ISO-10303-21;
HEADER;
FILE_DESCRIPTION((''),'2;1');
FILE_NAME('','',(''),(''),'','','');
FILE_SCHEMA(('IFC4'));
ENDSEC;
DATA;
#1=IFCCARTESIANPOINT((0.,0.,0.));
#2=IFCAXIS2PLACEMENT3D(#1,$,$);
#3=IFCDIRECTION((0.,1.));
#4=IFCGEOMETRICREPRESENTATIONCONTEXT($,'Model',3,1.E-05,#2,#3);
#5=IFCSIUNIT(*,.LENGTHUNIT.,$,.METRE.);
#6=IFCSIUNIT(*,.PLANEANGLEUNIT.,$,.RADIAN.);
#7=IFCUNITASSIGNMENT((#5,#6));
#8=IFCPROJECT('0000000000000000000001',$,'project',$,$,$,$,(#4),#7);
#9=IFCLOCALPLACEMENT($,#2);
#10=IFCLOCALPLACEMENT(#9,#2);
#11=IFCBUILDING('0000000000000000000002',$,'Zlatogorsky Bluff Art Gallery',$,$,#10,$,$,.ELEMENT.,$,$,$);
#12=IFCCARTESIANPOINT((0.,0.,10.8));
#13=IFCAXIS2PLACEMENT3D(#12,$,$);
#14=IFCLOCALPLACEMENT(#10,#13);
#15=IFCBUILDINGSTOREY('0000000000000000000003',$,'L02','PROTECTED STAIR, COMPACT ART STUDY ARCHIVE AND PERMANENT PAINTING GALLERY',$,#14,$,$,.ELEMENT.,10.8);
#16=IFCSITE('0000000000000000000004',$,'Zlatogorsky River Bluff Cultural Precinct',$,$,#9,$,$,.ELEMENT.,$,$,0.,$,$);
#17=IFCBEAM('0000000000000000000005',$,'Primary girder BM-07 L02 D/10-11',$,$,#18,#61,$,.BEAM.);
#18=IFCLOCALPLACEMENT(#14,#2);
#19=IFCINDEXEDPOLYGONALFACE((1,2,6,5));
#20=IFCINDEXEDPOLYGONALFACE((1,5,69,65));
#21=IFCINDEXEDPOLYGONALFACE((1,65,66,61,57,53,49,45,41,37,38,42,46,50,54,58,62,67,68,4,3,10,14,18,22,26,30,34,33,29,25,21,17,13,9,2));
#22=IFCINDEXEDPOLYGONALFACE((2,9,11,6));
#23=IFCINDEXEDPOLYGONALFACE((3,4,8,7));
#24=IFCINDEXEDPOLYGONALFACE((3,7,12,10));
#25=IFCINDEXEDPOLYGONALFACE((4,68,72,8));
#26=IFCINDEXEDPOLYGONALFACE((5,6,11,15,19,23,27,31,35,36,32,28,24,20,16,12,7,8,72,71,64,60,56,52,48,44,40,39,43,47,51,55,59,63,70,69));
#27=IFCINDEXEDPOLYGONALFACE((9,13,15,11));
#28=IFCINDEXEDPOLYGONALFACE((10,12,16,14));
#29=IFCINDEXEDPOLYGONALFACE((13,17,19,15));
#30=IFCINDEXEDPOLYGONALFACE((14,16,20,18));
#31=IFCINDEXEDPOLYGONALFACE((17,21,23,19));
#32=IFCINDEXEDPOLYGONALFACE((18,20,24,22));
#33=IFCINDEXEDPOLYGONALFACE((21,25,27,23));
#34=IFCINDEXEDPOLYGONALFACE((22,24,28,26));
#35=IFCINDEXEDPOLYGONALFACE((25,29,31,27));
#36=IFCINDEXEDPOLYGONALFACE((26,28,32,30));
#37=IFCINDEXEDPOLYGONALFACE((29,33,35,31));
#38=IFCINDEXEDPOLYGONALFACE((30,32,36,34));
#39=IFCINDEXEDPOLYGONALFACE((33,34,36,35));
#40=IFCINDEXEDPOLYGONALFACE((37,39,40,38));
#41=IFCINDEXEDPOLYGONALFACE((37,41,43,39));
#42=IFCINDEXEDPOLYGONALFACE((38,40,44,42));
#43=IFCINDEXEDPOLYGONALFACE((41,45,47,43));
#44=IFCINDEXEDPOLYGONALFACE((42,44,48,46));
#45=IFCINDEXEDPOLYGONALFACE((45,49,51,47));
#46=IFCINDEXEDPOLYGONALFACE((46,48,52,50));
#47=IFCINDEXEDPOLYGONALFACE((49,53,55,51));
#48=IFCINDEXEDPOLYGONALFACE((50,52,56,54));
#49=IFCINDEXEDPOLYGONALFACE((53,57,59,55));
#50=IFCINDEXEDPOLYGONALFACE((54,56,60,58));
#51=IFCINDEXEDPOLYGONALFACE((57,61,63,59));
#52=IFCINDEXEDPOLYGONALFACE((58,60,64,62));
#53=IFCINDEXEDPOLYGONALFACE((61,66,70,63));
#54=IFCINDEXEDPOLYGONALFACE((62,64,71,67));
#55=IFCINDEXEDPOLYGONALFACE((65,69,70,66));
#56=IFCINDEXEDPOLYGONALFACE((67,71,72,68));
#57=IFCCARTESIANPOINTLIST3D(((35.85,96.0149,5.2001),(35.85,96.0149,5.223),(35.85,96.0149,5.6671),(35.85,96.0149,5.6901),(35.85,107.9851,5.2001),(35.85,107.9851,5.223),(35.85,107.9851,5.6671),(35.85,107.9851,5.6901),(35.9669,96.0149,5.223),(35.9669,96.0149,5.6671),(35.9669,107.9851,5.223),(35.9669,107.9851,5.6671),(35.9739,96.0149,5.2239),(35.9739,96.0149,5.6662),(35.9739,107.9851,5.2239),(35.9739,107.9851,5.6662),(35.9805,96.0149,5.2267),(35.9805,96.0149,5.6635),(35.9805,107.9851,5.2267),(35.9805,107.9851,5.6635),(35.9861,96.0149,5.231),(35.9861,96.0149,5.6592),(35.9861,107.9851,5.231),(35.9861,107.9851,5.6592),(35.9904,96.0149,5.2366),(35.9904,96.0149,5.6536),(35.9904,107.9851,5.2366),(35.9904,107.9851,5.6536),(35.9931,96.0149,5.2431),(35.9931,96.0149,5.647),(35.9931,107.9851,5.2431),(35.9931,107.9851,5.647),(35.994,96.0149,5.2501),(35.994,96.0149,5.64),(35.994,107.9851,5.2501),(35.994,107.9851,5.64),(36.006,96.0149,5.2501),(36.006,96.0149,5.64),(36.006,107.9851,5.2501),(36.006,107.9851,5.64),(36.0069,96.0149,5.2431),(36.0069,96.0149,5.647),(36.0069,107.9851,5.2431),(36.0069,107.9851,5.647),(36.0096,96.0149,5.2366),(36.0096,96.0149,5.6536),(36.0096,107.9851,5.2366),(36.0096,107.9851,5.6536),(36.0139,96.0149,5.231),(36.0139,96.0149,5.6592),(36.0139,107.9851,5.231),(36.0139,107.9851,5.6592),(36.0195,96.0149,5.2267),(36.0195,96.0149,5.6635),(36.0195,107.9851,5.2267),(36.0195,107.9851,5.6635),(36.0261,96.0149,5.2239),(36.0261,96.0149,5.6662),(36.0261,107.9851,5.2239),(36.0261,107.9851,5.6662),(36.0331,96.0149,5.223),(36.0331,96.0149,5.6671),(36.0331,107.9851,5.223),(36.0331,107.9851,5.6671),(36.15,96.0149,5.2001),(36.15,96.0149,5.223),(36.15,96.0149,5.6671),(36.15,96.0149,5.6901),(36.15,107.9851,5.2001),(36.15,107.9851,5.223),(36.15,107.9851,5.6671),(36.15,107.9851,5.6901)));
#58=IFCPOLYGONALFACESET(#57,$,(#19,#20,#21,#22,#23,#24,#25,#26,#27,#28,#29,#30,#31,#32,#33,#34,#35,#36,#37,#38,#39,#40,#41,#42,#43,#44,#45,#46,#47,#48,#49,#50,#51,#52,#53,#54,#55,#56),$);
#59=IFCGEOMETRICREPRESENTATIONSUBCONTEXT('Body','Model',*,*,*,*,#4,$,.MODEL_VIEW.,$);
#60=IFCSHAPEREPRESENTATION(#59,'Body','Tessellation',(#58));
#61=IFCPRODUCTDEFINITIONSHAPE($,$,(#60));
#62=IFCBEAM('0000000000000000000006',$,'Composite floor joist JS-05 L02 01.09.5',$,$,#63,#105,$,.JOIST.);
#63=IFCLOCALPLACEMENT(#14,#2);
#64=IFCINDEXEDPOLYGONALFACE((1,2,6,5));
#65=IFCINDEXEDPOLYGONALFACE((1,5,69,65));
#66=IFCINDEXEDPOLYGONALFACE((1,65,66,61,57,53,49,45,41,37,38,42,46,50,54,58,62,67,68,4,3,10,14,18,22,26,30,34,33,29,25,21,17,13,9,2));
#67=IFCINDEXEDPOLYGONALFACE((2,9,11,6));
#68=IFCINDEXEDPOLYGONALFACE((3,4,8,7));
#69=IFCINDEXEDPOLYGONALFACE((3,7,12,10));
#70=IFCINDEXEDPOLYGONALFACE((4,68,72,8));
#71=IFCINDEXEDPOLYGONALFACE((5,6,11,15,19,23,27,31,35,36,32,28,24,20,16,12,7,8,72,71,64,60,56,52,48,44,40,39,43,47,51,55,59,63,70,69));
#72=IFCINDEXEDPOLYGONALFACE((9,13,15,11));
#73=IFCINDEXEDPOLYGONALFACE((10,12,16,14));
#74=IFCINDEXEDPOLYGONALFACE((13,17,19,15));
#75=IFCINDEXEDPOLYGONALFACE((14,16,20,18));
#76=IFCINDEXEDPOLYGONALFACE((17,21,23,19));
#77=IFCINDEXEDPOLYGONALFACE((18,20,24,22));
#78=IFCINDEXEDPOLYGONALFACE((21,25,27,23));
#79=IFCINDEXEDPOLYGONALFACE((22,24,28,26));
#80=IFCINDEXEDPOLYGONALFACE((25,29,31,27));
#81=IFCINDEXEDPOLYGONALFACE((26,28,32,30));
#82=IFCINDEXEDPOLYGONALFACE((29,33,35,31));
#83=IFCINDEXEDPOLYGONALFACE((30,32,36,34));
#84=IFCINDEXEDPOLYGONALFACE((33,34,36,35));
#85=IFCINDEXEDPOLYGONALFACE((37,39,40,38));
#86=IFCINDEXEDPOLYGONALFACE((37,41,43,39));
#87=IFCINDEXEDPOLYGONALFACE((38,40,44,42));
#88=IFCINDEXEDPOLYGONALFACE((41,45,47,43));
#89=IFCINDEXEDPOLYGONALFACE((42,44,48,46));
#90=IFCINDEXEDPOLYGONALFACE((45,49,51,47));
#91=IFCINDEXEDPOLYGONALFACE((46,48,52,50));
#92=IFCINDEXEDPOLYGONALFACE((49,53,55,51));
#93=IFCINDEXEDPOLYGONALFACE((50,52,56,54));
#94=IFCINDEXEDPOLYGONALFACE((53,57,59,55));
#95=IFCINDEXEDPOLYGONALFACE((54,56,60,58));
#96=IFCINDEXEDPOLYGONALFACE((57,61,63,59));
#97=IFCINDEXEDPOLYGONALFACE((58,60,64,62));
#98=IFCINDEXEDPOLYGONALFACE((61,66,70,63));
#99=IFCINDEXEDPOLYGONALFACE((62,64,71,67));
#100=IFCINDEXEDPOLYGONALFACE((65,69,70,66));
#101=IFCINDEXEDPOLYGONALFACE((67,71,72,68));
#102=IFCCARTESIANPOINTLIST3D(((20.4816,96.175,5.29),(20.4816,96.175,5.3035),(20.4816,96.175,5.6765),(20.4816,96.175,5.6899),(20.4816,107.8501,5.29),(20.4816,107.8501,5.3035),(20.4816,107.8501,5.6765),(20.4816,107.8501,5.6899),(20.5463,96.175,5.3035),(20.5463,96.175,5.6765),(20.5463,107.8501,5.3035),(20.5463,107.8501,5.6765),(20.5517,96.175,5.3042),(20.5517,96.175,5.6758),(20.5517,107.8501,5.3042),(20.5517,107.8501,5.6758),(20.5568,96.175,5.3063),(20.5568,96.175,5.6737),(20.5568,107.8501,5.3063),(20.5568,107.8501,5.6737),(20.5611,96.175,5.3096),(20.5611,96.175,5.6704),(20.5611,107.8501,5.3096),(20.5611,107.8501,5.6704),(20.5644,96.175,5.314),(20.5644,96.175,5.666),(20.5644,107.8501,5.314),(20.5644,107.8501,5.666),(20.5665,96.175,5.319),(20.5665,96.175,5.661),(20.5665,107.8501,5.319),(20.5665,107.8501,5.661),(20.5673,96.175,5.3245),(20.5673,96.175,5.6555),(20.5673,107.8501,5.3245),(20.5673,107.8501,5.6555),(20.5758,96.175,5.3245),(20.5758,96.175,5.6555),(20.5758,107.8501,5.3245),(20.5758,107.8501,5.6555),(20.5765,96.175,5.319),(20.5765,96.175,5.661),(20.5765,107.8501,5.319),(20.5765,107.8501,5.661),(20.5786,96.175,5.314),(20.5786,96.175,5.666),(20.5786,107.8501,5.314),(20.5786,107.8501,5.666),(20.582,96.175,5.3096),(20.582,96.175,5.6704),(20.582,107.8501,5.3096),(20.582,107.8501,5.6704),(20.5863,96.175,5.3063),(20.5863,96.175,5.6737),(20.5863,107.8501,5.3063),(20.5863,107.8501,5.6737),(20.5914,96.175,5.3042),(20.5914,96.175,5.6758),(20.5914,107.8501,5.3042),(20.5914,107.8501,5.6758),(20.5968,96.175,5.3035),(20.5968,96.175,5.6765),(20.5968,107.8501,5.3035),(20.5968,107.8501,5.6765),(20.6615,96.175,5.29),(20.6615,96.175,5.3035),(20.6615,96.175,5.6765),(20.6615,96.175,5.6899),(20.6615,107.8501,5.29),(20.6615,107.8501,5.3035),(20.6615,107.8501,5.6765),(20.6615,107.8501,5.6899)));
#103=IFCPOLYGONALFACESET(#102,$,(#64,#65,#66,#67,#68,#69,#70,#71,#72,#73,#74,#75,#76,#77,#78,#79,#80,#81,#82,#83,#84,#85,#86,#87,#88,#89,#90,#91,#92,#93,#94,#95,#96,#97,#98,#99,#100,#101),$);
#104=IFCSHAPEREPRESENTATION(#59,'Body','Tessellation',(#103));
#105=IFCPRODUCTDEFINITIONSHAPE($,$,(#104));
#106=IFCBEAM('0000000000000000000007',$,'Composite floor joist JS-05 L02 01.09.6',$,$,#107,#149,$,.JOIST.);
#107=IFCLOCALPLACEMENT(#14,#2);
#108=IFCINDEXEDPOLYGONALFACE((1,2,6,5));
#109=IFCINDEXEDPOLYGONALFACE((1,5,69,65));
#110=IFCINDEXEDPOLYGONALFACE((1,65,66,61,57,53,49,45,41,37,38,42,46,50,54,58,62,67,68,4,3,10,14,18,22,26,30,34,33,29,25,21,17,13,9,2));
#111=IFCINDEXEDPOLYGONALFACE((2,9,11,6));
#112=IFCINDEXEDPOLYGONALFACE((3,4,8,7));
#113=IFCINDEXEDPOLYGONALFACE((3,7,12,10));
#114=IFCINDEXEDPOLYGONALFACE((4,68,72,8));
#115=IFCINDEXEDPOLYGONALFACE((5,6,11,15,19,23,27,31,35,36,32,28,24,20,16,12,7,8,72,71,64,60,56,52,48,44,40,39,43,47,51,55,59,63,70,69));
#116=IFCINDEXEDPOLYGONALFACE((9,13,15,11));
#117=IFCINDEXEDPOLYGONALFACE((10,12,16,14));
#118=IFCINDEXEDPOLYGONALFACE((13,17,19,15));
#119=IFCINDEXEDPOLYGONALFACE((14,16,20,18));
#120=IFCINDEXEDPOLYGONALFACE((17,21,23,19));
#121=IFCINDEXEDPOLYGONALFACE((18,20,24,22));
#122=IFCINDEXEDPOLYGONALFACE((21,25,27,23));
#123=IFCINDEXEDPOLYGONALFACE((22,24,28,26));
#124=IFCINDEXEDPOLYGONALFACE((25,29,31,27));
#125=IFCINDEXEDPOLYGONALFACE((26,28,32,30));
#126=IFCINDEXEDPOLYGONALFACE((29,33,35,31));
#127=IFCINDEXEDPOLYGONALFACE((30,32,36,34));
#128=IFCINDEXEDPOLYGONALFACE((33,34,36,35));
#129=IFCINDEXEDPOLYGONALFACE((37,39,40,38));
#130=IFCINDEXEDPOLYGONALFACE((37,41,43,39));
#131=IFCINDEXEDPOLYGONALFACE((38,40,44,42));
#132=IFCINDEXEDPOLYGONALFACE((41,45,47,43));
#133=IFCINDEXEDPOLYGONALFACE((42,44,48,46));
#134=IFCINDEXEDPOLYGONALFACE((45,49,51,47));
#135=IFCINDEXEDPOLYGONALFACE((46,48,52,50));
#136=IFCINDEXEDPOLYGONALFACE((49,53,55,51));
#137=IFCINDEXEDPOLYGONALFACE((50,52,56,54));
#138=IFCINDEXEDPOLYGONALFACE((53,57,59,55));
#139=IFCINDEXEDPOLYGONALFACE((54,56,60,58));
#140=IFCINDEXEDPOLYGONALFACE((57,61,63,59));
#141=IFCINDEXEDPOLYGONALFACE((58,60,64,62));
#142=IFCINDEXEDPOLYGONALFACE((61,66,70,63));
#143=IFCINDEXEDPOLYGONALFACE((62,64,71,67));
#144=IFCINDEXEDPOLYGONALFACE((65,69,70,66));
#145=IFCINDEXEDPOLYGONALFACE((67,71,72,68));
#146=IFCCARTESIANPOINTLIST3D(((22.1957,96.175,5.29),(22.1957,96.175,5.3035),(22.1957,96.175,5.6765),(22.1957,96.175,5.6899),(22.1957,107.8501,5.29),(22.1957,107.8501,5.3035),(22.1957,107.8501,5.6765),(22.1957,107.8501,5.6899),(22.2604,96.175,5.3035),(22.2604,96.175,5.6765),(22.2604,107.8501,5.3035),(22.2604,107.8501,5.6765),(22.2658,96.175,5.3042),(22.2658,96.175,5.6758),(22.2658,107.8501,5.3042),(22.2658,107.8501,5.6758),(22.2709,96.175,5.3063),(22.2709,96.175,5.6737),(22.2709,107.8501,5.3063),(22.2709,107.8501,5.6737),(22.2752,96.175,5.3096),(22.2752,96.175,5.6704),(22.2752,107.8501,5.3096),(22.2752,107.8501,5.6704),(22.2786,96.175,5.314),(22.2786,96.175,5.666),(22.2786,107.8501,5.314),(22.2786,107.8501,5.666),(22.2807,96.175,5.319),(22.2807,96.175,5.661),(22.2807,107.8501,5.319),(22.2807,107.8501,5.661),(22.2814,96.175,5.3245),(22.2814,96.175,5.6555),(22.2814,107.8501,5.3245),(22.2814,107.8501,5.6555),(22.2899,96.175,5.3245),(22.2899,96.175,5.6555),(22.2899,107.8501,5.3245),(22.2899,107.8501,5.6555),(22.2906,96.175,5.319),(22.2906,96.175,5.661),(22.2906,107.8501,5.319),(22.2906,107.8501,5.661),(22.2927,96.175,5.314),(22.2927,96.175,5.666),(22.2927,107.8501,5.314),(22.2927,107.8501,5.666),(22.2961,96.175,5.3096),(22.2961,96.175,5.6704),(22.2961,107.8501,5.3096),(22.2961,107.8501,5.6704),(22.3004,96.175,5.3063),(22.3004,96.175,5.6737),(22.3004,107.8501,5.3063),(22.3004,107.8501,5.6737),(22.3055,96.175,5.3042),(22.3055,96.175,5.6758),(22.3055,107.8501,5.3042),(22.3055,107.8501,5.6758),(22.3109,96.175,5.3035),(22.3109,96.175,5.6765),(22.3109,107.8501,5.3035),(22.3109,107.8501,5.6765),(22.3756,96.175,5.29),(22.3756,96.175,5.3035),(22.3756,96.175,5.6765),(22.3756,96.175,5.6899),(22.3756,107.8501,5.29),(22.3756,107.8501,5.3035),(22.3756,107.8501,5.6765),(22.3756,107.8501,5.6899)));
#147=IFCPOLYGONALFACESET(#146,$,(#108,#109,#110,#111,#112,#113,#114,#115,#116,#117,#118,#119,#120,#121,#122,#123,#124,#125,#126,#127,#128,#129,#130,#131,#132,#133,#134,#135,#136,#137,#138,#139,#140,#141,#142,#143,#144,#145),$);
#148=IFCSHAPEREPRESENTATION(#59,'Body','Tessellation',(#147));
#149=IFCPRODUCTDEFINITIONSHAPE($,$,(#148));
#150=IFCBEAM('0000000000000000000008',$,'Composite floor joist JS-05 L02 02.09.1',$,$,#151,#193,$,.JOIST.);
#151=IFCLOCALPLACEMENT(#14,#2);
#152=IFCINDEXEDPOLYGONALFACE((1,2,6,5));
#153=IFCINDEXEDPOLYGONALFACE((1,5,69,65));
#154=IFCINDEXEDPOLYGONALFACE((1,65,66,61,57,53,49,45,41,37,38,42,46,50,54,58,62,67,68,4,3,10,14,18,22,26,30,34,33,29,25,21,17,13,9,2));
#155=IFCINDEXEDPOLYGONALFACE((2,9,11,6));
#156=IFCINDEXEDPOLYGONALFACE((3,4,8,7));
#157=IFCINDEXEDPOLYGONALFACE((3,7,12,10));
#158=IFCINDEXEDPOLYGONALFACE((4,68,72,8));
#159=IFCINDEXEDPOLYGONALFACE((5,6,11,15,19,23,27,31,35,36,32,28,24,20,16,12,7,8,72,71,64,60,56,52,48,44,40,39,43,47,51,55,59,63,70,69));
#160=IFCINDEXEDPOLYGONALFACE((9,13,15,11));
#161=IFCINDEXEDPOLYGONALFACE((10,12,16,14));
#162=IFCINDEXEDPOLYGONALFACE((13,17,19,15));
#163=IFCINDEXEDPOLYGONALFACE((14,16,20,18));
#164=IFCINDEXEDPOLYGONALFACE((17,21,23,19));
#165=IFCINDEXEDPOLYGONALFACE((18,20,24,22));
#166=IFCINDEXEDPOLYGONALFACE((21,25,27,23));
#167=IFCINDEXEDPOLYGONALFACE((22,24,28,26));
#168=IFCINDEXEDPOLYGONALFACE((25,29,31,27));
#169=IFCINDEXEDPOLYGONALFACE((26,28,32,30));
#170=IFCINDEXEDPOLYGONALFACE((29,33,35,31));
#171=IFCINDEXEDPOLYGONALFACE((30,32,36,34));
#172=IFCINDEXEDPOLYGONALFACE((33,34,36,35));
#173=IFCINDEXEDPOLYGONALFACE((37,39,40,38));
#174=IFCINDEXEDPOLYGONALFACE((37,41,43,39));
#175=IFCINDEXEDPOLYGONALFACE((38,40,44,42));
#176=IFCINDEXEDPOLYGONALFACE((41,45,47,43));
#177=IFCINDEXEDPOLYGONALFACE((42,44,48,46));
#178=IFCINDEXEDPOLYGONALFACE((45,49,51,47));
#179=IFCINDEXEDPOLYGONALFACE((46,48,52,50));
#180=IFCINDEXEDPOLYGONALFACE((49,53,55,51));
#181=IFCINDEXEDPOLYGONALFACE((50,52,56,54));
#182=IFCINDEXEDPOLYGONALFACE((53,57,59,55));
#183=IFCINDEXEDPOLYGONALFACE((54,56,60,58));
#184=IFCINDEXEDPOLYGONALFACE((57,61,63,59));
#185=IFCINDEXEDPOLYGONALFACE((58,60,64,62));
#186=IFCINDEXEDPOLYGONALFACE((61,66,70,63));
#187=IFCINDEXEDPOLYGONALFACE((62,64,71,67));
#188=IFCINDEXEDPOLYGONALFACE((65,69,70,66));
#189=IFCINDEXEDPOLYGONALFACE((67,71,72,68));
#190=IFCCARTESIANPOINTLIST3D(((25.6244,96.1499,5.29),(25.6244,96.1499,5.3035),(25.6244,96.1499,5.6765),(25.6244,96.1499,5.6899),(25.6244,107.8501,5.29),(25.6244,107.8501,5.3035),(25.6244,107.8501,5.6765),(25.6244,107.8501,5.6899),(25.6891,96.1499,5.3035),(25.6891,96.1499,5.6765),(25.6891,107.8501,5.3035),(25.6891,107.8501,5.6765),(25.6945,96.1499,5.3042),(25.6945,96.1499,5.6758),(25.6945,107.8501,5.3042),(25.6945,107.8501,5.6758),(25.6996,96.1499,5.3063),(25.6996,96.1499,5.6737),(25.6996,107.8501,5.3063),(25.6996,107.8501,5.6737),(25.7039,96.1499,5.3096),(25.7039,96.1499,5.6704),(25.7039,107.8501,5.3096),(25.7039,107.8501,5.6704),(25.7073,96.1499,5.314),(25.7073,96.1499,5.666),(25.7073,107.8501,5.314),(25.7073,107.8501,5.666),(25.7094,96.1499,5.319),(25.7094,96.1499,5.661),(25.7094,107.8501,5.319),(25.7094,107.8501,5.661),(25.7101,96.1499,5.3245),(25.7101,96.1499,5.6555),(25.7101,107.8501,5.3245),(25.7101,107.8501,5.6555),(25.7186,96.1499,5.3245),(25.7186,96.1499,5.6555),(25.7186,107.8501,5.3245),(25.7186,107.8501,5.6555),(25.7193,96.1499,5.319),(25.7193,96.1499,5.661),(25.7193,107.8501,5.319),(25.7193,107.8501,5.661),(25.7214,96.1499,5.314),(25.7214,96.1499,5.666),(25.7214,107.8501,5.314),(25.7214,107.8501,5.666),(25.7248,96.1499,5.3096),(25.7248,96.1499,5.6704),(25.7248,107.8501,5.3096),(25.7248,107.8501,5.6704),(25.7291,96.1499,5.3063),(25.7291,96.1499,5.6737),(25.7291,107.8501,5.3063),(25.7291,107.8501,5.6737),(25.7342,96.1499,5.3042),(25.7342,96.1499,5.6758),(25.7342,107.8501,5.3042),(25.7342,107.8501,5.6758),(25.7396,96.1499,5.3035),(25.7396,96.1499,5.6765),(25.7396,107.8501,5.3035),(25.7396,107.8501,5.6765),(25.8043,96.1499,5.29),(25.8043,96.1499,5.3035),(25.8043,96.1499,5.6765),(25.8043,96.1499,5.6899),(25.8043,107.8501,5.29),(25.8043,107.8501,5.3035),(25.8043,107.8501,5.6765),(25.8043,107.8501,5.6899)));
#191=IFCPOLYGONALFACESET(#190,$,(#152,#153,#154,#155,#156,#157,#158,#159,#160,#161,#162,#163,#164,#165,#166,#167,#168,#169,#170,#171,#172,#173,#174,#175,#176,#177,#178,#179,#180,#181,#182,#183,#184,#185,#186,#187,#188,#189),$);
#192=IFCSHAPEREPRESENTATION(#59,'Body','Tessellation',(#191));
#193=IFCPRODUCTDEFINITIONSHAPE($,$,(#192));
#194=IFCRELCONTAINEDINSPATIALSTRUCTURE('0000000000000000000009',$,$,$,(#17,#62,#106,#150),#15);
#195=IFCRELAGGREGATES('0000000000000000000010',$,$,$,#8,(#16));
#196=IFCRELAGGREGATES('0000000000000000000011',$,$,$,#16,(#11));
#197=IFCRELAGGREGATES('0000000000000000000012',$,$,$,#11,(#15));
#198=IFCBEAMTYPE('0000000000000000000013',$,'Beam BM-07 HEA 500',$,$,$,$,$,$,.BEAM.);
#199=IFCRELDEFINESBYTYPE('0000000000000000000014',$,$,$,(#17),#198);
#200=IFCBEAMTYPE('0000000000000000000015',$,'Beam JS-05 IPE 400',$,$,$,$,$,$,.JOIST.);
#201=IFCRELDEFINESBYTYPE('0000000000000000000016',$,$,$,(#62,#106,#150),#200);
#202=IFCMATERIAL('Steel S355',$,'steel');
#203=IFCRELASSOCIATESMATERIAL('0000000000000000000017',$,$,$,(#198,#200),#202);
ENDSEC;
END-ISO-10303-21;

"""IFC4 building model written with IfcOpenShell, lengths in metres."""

from ifc_helpers import new_model, si_unit, direction, frame, origin, origin_2d, place, context, subcontext, project, spatial, i_section, extrude, material, material_profile, profile_set, type_object, element, save


model = new_model("IFC4")

# Units and contexts
model_context = context("Model", 3, precision=1e-05, world=origin(), true_north=direction((0.0, 1.0)))
body_context = subcontext(model_context, "Body", "Model", "MODEL_VIEW")
ifc_project = project(units=[si_unit("LENGTHUNIT", "METRE"), si_unit("PLANEANGLEUNIT", "RADIAN")], contexts=[model_context])

# Site, building, storey
site_placement = place(None, origin())
site = spatial("IfcSite", under=ifc_project, at=site_placement, Name="Zlatogorsky River Bluff Cultural Precinct", CompositionType="ELEMENT", RefElevation=0.0)
building_placement = place(site_placement, origin())
building = spatial("IfcBuilding", under=site, at=building_placement, Name="Zlatogorsky Bluff Art Gallery", CompositionType="ELEMENT")
storey_placement = place(building_placement, frame((0.0, 0.0, 10.8)))
storey = spatial("IfcBuildingStorey", under=building, at=storey_placement, Name="L02", Description="PROTECTED STAIR, COMPACT ART STUDY ARCHIVE AND PERMANENT PAINTING GALLERY", CompositionType="ELEMENT", Elevation=10.8)

# Shared definitions
ifc_material_1 = material(Name="Steel S355", Category="steel")

# Beams
ifc_material_profile_1 = material_profile(ifc_material_1, i_section(OverallWidth=0.3, OverallDepth=0.49, WebThickness=0.012, FlangeThickness=0.0229, FilletRadius=0.0271, at=origin_2d()), Name="HEA 500")
ifc_profile_set_1 = profile_set([ifc_material_profile_1], Name="Steel S355")
beam_type_1 = type_object("IfcBeamType", Name="Beam BM-07 HEA 500", PredefinedType="BEAM", material=ifc_profile_set_1)
for number, where, z_axis, x_axis, name in (
    (1, (36.0, 96.0149, 5.4451), (0.0, 1.0, 0.0), (-1.0, 0.0, 0.0), "Primary girder BM-07 L02 D/10-11"),
):
    element("IfcBeam", number, at=place(storey_placement, frame(where, z_axis=z_axis, x_axis=x_axis)), inside=storey, type_object=beam_type_1, Name=name, PredefinedType="BEAM", context=body_context, shape_type="SweptSolid", body=[
        extrude(i_section(OverallWidth=0.3, OverallDepth=0.49, WebThickness=0.012, FlangeThickness=0.0229, FilletRadius=0.0271, at=origin_2d()), origin(), (0.0, 0.0, 1.0), 11.9702),
    ])
ifc_material_profile_2 = material_profile(ifc_material_1, i_section(OverallWidth=0.1799, OverallDepth=0.3999, WebThickness=0.0085, FlangeThickness=0.0134, FilletRadius=0.021, at=origin_2d()), Name="IPE 400")
ifc_profile_set_2 = profile_set([ifc_material_profile_2], Name="Steel S355")
beam_type_2 = type_object("IfcBeamType", Name="Beam JS-05 IPE 400", PredefinedType="JOIST", material=ifc_profile_set_2)
for number, where, z_axis, x_axis, name in (
    (2, (20.5715, 96.175, 5.49), (0.0, 1.0, 0.0), (-1.0, 0.0, 0.0), "Composite floor joist JS-05 L02 01.09.5"),
    (3, (22.2856, 96.175, 5.49), (0.0, 1.0, 0.0), (-1.0, 0.0, 0.0), "Composite floor joist JS-05 L02 01.09.6"),
):
    element("IfcBeam", number, at=place(storey_placement, frame(where, z_axis=z_axis, x_axis=x_axis)), inside=storey, type_object=beam_type_2, Name=name, PredefinedType="JOIST", context=body_context, shape_type="SweptSolid", body=[
        extrude(i_section(OverallWidth=0.1799, OverallDepth=0.3999, WebThickness=0.0085, FlangeThickness=0.0134, FilletRadius=0.021, at=origin_2d()), origin(), (0.0, 0.0, 1.0), 11.675),
    ])
for number, where, z_axis, x_axis, name in (
    (4, (25.7144, 96.1499, 5.49), (0.0, 1.0, 0.0), (-1.0, 0.0, 0.0), "Composite floor joist JS-05 L02 02.09.1"),
):
    element("IfcBeam", number, at=place(storey_placement, frame(where, z_axis=z_axis, x_axis=x_axis)), inside=storey, type_object=beam_type_2, Name=name, PredefinedType="JOIST", context=body_context, shape_type="SweptSolid", body=[
        extrude(i_section(OverallWidth=0.1799, OverallDepth=0.3999, WebThickness=0.0085, FlangeThickness=0.0134, FilletRadius=0.021, at=origin_2d()), origin(), (0.0, 0.0, 1.0), 11.7002),
    ])

save(model, "model.ifc")
